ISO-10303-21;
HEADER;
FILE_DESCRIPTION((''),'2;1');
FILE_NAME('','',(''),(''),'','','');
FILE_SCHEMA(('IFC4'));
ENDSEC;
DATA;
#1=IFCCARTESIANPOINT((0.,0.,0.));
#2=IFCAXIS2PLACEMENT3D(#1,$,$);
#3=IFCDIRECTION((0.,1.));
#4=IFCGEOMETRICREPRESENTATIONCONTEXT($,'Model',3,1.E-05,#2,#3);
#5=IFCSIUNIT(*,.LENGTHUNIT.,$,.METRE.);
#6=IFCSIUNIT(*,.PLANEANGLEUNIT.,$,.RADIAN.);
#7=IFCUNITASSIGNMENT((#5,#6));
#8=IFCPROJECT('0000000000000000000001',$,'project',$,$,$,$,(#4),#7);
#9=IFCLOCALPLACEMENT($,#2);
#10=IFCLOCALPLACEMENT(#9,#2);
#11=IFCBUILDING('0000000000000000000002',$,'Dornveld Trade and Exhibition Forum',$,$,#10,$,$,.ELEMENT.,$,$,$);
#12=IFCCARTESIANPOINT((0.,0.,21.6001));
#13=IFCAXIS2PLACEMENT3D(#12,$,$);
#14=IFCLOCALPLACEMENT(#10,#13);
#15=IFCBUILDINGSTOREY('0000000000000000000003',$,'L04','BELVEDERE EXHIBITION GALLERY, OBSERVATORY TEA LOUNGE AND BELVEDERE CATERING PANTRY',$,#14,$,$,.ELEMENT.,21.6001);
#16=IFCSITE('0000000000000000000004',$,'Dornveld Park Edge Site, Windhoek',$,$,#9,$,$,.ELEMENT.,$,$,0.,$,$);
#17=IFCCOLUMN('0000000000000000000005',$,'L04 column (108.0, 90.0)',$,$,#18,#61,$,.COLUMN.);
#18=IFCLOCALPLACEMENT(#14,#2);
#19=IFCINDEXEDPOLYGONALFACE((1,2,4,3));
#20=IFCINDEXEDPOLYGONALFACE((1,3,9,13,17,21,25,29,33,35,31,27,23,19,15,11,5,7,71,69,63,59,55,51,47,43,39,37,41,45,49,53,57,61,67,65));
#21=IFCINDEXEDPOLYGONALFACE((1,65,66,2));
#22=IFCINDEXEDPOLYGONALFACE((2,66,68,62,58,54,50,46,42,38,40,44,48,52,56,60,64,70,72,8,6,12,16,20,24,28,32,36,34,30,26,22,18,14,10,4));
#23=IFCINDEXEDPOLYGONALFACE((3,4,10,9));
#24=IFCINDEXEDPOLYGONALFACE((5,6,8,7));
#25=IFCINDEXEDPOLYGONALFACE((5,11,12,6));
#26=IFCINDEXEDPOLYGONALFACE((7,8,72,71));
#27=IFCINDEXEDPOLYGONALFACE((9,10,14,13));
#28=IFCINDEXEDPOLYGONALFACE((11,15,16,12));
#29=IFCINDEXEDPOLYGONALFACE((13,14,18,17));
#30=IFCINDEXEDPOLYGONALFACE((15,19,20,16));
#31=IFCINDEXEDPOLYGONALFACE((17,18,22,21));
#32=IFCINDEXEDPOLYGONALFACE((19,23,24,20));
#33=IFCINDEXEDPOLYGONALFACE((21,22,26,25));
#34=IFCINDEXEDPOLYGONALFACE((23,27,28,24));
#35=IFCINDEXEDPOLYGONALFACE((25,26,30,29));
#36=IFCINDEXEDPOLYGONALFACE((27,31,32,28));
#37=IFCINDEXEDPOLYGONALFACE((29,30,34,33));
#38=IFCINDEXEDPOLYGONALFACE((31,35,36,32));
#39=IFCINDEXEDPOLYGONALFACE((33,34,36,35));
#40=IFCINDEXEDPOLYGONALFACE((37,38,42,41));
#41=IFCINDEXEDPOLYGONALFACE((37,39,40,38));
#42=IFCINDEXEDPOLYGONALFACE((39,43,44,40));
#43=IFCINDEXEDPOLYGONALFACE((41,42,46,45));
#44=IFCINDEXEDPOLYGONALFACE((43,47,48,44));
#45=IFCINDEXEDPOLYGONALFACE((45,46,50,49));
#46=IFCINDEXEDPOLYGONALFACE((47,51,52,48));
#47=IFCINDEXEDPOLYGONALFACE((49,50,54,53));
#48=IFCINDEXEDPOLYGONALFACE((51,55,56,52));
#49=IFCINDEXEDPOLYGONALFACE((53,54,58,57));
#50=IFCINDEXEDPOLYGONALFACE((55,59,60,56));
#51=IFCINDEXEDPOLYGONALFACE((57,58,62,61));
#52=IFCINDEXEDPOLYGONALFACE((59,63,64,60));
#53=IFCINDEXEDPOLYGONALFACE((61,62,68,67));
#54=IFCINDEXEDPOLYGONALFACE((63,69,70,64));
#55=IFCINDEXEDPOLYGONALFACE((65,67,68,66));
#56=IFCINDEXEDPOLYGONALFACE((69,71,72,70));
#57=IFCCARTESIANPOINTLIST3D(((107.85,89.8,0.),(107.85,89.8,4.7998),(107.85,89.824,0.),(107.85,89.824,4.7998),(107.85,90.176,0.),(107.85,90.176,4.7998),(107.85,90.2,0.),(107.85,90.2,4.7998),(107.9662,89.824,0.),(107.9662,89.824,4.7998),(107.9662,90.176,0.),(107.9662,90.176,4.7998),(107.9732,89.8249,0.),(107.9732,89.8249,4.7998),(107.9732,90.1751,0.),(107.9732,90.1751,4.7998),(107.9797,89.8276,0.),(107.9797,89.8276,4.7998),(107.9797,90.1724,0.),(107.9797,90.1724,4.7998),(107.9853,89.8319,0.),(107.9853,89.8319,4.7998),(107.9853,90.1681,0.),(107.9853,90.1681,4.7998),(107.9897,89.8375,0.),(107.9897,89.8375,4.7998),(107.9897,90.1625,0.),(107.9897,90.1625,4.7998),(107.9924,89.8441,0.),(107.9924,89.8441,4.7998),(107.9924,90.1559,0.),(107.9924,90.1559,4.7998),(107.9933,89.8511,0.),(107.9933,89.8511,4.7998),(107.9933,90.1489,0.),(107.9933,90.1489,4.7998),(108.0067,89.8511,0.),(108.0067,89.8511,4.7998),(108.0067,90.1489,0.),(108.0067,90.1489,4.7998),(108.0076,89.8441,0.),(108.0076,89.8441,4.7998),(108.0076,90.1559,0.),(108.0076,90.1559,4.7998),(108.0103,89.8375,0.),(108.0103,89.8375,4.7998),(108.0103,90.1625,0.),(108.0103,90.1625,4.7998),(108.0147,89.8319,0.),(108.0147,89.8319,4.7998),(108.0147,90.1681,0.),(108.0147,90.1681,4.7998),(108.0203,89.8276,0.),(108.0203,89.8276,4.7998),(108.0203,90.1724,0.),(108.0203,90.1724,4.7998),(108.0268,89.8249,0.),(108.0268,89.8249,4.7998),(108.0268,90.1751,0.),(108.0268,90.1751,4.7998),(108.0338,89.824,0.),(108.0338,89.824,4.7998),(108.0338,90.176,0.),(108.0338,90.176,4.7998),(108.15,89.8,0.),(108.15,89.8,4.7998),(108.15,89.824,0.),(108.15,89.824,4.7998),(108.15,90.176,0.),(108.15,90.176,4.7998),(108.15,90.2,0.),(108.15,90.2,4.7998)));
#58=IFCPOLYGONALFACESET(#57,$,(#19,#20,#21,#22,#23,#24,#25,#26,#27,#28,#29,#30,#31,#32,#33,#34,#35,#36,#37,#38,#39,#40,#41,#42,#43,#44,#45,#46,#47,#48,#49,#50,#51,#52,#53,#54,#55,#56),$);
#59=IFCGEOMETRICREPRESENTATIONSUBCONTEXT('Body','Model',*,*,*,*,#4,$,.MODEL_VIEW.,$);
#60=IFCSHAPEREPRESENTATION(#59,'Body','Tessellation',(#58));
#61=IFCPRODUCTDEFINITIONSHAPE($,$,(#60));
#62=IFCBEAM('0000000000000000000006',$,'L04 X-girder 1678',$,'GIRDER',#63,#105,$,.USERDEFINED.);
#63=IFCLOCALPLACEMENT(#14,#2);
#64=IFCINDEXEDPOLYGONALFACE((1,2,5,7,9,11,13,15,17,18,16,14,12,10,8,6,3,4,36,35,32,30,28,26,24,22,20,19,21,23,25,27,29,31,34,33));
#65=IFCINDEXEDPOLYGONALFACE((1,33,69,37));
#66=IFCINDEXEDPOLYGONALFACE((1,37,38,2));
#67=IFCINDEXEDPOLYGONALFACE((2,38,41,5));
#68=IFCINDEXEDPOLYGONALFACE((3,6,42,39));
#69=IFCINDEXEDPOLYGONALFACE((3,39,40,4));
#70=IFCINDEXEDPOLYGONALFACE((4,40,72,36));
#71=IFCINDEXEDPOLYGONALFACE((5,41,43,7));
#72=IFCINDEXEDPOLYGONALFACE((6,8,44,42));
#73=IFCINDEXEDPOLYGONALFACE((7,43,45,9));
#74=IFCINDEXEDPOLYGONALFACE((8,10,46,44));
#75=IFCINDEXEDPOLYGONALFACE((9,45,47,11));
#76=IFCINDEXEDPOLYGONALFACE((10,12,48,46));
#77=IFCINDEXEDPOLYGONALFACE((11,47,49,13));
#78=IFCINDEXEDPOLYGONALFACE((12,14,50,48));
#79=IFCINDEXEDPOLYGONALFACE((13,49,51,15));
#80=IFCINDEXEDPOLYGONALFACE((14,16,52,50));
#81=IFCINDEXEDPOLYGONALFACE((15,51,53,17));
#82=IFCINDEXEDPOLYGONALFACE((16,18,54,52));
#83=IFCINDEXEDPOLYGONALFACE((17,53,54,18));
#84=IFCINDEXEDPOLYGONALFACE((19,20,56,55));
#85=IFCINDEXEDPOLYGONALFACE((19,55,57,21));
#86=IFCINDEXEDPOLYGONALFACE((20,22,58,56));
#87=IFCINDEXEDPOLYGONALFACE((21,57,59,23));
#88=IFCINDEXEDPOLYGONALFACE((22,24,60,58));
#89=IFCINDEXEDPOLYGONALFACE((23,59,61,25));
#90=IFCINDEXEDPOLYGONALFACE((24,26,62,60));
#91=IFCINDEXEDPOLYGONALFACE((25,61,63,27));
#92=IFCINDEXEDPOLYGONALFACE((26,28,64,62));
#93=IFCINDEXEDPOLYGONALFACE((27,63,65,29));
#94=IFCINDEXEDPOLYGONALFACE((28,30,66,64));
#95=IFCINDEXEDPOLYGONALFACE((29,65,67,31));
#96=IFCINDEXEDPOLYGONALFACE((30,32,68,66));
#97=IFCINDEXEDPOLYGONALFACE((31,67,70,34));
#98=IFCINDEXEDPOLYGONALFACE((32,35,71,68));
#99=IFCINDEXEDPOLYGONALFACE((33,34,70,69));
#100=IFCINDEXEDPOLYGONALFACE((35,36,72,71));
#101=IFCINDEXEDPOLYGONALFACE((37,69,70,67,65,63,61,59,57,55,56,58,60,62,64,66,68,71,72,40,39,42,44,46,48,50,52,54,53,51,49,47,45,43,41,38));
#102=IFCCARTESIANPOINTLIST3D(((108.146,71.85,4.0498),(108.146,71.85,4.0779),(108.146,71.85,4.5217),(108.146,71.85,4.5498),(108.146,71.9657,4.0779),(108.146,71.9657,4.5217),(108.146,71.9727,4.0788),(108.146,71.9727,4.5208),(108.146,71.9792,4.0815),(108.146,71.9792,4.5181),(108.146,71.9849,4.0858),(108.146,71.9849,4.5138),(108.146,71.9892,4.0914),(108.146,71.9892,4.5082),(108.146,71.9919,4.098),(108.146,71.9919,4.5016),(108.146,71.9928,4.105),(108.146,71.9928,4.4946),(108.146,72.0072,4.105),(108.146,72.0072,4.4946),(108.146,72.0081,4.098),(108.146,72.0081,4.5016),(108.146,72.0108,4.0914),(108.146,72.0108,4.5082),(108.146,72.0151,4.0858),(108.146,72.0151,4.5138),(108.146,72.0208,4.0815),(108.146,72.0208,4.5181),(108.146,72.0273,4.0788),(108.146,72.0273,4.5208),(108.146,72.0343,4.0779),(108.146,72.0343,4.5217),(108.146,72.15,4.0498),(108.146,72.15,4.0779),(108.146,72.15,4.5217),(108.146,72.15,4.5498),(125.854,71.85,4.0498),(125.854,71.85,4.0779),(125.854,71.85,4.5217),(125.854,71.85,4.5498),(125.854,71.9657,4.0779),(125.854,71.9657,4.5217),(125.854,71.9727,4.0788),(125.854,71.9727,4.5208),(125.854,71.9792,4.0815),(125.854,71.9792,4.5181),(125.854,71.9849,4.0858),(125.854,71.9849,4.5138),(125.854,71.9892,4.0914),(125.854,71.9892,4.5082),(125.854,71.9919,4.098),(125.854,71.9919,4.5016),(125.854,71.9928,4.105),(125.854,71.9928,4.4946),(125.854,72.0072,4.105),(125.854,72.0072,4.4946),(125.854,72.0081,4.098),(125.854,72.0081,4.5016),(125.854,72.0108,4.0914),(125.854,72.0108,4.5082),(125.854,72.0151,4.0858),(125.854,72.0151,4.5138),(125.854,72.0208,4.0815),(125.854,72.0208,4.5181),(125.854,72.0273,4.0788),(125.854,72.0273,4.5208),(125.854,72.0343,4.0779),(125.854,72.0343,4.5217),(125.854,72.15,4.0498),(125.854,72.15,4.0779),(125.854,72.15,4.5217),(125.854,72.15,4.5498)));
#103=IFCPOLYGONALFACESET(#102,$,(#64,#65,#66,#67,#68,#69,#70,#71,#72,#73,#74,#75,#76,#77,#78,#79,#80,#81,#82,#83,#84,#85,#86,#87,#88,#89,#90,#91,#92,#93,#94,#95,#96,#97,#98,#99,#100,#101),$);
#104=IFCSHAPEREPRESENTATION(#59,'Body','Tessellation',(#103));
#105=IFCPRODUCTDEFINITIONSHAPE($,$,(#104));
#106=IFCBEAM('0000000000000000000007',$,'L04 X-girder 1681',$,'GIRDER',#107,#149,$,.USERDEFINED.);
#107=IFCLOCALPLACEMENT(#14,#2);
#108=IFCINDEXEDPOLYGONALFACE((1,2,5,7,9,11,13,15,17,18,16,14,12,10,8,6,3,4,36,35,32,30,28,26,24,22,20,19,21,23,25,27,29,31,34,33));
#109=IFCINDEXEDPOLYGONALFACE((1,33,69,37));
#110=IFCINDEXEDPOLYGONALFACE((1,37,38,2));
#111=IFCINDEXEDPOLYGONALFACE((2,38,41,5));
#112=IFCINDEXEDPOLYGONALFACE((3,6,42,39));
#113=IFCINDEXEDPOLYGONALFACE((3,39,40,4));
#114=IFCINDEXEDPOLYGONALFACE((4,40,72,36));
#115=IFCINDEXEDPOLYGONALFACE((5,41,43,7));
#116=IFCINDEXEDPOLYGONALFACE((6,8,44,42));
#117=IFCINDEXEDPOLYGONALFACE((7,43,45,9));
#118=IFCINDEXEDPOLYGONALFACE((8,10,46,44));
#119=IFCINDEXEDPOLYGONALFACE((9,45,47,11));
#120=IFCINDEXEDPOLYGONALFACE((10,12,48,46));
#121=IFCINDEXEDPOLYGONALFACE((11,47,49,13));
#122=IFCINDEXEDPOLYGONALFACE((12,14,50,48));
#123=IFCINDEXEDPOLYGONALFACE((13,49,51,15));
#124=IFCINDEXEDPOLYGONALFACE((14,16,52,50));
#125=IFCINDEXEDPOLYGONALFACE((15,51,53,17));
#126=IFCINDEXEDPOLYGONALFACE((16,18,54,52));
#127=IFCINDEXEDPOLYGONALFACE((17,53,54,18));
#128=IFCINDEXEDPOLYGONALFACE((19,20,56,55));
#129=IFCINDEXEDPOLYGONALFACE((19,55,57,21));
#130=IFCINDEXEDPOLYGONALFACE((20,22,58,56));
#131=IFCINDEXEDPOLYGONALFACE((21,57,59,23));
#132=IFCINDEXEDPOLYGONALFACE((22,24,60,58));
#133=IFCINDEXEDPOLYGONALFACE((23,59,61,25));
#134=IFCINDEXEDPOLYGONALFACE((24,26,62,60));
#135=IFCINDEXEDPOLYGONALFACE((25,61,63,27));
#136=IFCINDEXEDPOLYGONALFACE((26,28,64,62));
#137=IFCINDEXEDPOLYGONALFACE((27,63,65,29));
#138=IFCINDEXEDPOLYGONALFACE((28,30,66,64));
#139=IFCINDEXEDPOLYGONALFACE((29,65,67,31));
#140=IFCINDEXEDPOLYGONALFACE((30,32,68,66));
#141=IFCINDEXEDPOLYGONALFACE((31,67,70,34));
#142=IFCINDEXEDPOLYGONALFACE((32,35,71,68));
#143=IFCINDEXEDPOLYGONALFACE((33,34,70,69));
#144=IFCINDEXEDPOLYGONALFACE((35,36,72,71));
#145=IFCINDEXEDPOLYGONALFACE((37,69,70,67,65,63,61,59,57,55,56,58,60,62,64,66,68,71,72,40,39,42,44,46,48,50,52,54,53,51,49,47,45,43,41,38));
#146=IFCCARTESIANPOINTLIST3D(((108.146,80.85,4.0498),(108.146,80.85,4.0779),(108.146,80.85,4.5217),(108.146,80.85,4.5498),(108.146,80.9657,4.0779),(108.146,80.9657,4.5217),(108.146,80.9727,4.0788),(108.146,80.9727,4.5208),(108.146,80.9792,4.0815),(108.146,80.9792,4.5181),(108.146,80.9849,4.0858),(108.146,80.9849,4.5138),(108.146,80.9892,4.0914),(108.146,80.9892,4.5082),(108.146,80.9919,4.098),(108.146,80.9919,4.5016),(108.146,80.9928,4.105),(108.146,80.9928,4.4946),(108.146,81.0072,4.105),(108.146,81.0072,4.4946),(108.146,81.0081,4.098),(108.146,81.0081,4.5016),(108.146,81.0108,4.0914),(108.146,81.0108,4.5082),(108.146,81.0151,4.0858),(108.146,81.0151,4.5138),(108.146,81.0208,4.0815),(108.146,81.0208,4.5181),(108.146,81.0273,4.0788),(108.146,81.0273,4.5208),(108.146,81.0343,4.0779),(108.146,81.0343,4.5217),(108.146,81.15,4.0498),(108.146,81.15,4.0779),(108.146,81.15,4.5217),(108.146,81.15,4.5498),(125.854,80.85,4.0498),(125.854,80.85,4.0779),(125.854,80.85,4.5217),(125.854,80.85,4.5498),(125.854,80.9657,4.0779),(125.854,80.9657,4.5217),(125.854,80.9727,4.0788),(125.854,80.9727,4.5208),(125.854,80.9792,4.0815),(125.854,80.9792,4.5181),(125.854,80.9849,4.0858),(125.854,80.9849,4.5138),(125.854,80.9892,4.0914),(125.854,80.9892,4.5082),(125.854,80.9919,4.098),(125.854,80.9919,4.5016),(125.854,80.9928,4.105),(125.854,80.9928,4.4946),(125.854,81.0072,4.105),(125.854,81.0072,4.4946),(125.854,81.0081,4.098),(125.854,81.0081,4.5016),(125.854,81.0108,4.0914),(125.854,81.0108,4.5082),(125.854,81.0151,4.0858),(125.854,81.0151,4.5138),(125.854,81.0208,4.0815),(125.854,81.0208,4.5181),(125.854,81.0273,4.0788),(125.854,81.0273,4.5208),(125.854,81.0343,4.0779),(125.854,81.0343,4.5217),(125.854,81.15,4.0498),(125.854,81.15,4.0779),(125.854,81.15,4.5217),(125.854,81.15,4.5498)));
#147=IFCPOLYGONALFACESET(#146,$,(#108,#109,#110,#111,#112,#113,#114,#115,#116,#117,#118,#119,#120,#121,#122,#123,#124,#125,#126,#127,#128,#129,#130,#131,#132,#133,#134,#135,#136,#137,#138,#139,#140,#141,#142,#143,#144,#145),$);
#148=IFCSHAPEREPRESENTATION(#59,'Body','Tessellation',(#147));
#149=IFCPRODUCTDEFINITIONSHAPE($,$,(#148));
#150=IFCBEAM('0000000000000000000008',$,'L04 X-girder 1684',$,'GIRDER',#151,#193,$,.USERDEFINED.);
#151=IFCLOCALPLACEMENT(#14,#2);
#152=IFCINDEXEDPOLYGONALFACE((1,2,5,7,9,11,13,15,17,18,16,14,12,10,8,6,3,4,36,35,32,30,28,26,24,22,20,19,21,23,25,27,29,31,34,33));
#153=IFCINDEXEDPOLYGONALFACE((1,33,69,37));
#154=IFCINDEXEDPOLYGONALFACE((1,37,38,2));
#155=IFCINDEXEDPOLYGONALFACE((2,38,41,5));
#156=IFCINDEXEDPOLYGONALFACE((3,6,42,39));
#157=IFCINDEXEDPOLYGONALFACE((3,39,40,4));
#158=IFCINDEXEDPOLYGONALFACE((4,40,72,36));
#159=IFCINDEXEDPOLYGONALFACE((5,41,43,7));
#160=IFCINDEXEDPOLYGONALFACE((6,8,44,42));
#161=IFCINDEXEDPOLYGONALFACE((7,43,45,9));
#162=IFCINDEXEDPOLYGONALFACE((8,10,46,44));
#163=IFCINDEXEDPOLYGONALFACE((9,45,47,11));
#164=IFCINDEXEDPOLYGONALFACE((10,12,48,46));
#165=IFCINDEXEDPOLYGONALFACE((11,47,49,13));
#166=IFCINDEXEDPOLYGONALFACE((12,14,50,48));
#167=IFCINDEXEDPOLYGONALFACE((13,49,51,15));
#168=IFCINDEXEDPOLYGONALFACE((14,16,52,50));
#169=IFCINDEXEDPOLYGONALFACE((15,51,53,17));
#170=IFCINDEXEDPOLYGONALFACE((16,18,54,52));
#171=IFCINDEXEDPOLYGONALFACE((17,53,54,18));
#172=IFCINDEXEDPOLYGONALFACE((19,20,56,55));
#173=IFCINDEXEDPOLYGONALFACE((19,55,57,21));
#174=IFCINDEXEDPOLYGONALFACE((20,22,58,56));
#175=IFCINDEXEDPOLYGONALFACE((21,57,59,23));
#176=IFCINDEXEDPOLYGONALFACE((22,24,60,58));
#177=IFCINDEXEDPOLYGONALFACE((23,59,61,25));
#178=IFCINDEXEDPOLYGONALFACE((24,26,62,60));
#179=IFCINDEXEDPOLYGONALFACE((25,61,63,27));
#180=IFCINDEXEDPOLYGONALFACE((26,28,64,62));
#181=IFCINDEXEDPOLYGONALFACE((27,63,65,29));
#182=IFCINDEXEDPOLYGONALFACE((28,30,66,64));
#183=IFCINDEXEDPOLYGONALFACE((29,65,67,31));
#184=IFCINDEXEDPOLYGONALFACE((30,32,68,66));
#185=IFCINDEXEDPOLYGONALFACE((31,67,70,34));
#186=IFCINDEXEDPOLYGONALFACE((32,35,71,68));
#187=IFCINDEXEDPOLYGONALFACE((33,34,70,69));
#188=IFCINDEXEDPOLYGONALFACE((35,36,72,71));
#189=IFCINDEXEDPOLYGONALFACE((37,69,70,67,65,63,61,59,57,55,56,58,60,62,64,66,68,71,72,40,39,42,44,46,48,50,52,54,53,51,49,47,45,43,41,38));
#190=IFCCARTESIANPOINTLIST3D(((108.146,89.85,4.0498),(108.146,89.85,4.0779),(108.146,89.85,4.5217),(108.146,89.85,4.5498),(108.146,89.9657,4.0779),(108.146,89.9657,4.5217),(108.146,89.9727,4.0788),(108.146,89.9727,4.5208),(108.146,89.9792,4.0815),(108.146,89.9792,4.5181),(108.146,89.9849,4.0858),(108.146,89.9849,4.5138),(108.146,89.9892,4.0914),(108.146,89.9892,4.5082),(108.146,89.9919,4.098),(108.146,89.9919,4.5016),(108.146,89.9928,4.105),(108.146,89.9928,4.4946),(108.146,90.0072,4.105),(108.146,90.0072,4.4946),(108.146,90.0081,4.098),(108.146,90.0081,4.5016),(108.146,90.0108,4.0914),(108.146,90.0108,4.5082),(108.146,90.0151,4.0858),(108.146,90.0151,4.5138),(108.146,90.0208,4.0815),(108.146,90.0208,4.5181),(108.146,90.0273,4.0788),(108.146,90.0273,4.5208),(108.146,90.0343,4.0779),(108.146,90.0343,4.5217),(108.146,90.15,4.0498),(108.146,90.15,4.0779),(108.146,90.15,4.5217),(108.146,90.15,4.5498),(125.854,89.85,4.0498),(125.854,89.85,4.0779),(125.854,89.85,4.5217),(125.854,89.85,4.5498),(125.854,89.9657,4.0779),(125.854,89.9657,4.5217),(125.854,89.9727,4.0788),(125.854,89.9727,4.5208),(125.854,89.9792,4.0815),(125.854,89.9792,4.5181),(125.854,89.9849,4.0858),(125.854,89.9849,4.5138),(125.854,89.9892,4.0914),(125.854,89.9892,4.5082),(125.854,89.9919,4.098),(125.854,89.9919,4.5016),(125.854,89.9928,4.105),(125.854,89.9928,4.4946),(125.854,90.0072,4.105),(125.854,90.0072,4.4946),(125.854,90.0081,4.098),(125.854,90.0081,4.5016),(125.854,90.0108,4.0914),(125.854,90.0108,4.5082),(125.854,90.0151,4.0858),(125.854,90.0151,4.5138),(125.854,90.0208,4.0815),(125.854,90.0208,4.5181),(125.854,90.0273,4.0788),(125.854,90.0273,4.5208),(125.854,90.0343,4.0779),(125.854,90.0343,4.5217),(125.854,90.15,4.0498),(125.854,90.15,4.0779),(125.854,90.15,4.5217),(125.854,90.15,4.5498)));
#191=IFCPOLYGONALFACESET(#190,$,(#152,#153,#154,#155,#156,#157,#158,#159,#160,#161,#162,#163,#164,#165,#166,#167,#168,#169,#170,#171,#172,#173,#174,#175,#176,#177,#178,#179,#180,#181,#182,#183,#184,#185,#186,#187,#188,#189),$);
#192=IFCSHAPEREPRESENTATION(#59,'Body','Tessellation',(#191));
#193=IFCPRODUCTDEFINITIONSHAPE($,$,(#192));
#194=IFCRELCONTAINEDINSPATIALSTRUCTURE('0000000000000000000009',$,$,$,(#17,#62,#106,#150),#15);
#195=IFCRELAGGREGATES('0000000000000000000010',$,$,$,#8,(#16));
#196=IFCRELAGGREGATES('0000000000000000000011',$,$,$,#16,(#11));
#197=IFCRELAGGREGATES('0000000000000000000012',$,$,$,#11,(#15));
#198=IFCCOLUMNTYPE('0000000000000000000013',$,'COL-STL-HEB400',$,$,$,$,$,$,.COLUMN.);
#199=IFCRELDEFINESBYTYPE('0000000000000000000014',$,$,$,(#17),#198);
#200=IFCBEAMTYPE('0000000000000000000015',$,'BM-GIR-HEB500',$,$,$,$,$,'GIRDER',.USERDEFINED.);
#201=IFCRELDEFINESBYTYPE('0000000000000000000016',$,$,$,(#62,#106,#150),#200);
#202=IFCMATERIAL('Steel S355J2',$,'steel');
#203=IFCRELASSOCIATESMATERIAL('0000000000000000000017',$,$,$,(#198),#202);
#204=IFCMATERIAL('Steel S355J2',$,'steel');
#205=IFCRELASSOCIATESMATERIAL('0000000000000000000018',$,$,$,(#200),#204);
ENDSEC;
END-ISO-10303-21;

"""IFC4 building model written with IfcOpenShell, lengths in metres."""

from ifc_helpers import new_model, si_unit, direction, frame, origin, origin_2d, place, context, subcontext, project, spatial, i_section, extrude, material, material_profile, profile_set, type_object, element, save


model = new_model("IFC4")

# Units and contexts
model_context = context("Model", 3, precision=1e-05, world=origin(), true_north=direction((0.0, 1.0)))
body_context = subcontext(model_context, "Body", "Model", "MODEL_VIEW")
ifc_project = project(units=[si_unit("LENGTHUNIT", "METRE"), si_unit("PLANEANGLEUNIT", "RADIAN")], contexts=[model_context])

# Site, building, storey
site_placement = place(None, origin())
site = spatial("IfcSite", under=ifc_project, at=site_placement, Name="Dornveld Park Edge Site, Windhoek", CompositionType="ELEMENT", RefElevation=0.0)
building_placement = place(site_placement, origin())
building = spatial("IfcBuilding", under=site, at=building_placement, Name="Dornveld Trade and Exhibition Forum", CompositionType="ELEMENT")
storey_placement = place(building_placement, frame((0.0, 0.0, 21.6001)))
storey = spatial("IfcBuildingStorey", under=building, at=storey_placement, Name="L04", Description="BELVEDERE EXHIBITION GALLERY, OBSERVATORY TEA LOUNGE AND BELVEDERE CATERING PANTRY", CompositionType="ELEMENT", Elevation=21.6001)

# Column
ifc_material_1 = material(Name="Steel S355J2", Category="steel")
ifc_material_profile_1 = material_profile(ifc_material_1, i_section(OverallWidth=0.3, OverallDepth=0.3999, WebThickness=0.0134, FlangeThickness=0.0239, FilletRadius=0.0271, at=origin_2d()), Name="HEB 400")
ifc_profile_set_1 = profile_set([ifc_material_profile_1], Name="Steel S355J2")
column_type_1 = type_object("IfcColumnType", Name="COL-STL-HEB400", PredefinedType="COLUMN", material=ifc_profile_set_1)
for number, where, z_axis, x_axis, name in (
    (1, (108.0, 90.0, 0.0), (0.0, 0.0, 1.0), (1.0, 0.0, 0.0), "L04 column (108.0, 90.0)"),
):
    element("IfcColumn", number, at=place(storey_placement, frame(where, z_axis=z_axis, x_axis=x_axis)), inside=storey, type_object=column_type_1, Name=name, PredefinedType="COLUMN", context=body_context, shape_type="SweptSolid", body=[
        extrude(i_section(OverallWidth=0.3, OverallDepth=0.3999, WebThickness=0.0134, FlangeThickness=0.0239, FilletRadius=0.0271, at=origin_2d()), origin(), (0.0, 0.0, 1.0), 4.7998),
    ])

# Beams
ifc_material_2 = material(Name="Steel S355J2", Category="steel")
ifc_material_profile_2 = material_profile(ifc_material_2, i_section(OverallWidth=0.3, OverallDepth=0.5, WebThickness=0.0144, FlangeThickness=0.0281, FilletRadius=0.0271, at=origin_2d()), Name="HEB 500")
ifc_profile_set_2 = profile_set([ifc_material_profile_2], Name="Steel S355J2")
beam_type_1 = type_object("IfcBeamType", Name="BM-GIR-HEB500", ElementType="GIRDER", PredefinedType="USERDEFINED", material=ifc_profile_set_2)
for number, where, z_axis, x_axis, name in (
    (2, (108.146, 72.0, 4.2998), (1.0, 0.0, 0.0), (0.0, 1.0, 0.0), "L04 X-girder 1678"),
    (3, (108.146, 81.0, 4.2998), (1.0, 0.0, 0.0), (0.0, 1.0, 0.0), "L04 X-girder 1681"),
    (4, (108.146, 90.0, 4.2998), (1.0, 0.0, 0.0), (0.0, 1.0, 0.0), "L04 X-girder 1684"),
):
    element("IfcBeam", number, at=place(storey_placement, frame(where, z_axis=z_axis, x_axis=x_axis)), inside=storey, type_object=beam_type_1, Name=name, ObjectType="GIRDER", PredefinedType="USERDEFINED", context=body_context, shape_type="SweptSolid", body=[
        extrude(i_section(OverallWidth=0.3, OverallDepth=0.5, WebThickness=0.0144, FlangeThickness=0.0281, FilletRadius=0.0271, at=origin_2d()), origin(), (0.0, 0.0, 1.0), 17.708),
    ])

save(model, "model.ifc")
